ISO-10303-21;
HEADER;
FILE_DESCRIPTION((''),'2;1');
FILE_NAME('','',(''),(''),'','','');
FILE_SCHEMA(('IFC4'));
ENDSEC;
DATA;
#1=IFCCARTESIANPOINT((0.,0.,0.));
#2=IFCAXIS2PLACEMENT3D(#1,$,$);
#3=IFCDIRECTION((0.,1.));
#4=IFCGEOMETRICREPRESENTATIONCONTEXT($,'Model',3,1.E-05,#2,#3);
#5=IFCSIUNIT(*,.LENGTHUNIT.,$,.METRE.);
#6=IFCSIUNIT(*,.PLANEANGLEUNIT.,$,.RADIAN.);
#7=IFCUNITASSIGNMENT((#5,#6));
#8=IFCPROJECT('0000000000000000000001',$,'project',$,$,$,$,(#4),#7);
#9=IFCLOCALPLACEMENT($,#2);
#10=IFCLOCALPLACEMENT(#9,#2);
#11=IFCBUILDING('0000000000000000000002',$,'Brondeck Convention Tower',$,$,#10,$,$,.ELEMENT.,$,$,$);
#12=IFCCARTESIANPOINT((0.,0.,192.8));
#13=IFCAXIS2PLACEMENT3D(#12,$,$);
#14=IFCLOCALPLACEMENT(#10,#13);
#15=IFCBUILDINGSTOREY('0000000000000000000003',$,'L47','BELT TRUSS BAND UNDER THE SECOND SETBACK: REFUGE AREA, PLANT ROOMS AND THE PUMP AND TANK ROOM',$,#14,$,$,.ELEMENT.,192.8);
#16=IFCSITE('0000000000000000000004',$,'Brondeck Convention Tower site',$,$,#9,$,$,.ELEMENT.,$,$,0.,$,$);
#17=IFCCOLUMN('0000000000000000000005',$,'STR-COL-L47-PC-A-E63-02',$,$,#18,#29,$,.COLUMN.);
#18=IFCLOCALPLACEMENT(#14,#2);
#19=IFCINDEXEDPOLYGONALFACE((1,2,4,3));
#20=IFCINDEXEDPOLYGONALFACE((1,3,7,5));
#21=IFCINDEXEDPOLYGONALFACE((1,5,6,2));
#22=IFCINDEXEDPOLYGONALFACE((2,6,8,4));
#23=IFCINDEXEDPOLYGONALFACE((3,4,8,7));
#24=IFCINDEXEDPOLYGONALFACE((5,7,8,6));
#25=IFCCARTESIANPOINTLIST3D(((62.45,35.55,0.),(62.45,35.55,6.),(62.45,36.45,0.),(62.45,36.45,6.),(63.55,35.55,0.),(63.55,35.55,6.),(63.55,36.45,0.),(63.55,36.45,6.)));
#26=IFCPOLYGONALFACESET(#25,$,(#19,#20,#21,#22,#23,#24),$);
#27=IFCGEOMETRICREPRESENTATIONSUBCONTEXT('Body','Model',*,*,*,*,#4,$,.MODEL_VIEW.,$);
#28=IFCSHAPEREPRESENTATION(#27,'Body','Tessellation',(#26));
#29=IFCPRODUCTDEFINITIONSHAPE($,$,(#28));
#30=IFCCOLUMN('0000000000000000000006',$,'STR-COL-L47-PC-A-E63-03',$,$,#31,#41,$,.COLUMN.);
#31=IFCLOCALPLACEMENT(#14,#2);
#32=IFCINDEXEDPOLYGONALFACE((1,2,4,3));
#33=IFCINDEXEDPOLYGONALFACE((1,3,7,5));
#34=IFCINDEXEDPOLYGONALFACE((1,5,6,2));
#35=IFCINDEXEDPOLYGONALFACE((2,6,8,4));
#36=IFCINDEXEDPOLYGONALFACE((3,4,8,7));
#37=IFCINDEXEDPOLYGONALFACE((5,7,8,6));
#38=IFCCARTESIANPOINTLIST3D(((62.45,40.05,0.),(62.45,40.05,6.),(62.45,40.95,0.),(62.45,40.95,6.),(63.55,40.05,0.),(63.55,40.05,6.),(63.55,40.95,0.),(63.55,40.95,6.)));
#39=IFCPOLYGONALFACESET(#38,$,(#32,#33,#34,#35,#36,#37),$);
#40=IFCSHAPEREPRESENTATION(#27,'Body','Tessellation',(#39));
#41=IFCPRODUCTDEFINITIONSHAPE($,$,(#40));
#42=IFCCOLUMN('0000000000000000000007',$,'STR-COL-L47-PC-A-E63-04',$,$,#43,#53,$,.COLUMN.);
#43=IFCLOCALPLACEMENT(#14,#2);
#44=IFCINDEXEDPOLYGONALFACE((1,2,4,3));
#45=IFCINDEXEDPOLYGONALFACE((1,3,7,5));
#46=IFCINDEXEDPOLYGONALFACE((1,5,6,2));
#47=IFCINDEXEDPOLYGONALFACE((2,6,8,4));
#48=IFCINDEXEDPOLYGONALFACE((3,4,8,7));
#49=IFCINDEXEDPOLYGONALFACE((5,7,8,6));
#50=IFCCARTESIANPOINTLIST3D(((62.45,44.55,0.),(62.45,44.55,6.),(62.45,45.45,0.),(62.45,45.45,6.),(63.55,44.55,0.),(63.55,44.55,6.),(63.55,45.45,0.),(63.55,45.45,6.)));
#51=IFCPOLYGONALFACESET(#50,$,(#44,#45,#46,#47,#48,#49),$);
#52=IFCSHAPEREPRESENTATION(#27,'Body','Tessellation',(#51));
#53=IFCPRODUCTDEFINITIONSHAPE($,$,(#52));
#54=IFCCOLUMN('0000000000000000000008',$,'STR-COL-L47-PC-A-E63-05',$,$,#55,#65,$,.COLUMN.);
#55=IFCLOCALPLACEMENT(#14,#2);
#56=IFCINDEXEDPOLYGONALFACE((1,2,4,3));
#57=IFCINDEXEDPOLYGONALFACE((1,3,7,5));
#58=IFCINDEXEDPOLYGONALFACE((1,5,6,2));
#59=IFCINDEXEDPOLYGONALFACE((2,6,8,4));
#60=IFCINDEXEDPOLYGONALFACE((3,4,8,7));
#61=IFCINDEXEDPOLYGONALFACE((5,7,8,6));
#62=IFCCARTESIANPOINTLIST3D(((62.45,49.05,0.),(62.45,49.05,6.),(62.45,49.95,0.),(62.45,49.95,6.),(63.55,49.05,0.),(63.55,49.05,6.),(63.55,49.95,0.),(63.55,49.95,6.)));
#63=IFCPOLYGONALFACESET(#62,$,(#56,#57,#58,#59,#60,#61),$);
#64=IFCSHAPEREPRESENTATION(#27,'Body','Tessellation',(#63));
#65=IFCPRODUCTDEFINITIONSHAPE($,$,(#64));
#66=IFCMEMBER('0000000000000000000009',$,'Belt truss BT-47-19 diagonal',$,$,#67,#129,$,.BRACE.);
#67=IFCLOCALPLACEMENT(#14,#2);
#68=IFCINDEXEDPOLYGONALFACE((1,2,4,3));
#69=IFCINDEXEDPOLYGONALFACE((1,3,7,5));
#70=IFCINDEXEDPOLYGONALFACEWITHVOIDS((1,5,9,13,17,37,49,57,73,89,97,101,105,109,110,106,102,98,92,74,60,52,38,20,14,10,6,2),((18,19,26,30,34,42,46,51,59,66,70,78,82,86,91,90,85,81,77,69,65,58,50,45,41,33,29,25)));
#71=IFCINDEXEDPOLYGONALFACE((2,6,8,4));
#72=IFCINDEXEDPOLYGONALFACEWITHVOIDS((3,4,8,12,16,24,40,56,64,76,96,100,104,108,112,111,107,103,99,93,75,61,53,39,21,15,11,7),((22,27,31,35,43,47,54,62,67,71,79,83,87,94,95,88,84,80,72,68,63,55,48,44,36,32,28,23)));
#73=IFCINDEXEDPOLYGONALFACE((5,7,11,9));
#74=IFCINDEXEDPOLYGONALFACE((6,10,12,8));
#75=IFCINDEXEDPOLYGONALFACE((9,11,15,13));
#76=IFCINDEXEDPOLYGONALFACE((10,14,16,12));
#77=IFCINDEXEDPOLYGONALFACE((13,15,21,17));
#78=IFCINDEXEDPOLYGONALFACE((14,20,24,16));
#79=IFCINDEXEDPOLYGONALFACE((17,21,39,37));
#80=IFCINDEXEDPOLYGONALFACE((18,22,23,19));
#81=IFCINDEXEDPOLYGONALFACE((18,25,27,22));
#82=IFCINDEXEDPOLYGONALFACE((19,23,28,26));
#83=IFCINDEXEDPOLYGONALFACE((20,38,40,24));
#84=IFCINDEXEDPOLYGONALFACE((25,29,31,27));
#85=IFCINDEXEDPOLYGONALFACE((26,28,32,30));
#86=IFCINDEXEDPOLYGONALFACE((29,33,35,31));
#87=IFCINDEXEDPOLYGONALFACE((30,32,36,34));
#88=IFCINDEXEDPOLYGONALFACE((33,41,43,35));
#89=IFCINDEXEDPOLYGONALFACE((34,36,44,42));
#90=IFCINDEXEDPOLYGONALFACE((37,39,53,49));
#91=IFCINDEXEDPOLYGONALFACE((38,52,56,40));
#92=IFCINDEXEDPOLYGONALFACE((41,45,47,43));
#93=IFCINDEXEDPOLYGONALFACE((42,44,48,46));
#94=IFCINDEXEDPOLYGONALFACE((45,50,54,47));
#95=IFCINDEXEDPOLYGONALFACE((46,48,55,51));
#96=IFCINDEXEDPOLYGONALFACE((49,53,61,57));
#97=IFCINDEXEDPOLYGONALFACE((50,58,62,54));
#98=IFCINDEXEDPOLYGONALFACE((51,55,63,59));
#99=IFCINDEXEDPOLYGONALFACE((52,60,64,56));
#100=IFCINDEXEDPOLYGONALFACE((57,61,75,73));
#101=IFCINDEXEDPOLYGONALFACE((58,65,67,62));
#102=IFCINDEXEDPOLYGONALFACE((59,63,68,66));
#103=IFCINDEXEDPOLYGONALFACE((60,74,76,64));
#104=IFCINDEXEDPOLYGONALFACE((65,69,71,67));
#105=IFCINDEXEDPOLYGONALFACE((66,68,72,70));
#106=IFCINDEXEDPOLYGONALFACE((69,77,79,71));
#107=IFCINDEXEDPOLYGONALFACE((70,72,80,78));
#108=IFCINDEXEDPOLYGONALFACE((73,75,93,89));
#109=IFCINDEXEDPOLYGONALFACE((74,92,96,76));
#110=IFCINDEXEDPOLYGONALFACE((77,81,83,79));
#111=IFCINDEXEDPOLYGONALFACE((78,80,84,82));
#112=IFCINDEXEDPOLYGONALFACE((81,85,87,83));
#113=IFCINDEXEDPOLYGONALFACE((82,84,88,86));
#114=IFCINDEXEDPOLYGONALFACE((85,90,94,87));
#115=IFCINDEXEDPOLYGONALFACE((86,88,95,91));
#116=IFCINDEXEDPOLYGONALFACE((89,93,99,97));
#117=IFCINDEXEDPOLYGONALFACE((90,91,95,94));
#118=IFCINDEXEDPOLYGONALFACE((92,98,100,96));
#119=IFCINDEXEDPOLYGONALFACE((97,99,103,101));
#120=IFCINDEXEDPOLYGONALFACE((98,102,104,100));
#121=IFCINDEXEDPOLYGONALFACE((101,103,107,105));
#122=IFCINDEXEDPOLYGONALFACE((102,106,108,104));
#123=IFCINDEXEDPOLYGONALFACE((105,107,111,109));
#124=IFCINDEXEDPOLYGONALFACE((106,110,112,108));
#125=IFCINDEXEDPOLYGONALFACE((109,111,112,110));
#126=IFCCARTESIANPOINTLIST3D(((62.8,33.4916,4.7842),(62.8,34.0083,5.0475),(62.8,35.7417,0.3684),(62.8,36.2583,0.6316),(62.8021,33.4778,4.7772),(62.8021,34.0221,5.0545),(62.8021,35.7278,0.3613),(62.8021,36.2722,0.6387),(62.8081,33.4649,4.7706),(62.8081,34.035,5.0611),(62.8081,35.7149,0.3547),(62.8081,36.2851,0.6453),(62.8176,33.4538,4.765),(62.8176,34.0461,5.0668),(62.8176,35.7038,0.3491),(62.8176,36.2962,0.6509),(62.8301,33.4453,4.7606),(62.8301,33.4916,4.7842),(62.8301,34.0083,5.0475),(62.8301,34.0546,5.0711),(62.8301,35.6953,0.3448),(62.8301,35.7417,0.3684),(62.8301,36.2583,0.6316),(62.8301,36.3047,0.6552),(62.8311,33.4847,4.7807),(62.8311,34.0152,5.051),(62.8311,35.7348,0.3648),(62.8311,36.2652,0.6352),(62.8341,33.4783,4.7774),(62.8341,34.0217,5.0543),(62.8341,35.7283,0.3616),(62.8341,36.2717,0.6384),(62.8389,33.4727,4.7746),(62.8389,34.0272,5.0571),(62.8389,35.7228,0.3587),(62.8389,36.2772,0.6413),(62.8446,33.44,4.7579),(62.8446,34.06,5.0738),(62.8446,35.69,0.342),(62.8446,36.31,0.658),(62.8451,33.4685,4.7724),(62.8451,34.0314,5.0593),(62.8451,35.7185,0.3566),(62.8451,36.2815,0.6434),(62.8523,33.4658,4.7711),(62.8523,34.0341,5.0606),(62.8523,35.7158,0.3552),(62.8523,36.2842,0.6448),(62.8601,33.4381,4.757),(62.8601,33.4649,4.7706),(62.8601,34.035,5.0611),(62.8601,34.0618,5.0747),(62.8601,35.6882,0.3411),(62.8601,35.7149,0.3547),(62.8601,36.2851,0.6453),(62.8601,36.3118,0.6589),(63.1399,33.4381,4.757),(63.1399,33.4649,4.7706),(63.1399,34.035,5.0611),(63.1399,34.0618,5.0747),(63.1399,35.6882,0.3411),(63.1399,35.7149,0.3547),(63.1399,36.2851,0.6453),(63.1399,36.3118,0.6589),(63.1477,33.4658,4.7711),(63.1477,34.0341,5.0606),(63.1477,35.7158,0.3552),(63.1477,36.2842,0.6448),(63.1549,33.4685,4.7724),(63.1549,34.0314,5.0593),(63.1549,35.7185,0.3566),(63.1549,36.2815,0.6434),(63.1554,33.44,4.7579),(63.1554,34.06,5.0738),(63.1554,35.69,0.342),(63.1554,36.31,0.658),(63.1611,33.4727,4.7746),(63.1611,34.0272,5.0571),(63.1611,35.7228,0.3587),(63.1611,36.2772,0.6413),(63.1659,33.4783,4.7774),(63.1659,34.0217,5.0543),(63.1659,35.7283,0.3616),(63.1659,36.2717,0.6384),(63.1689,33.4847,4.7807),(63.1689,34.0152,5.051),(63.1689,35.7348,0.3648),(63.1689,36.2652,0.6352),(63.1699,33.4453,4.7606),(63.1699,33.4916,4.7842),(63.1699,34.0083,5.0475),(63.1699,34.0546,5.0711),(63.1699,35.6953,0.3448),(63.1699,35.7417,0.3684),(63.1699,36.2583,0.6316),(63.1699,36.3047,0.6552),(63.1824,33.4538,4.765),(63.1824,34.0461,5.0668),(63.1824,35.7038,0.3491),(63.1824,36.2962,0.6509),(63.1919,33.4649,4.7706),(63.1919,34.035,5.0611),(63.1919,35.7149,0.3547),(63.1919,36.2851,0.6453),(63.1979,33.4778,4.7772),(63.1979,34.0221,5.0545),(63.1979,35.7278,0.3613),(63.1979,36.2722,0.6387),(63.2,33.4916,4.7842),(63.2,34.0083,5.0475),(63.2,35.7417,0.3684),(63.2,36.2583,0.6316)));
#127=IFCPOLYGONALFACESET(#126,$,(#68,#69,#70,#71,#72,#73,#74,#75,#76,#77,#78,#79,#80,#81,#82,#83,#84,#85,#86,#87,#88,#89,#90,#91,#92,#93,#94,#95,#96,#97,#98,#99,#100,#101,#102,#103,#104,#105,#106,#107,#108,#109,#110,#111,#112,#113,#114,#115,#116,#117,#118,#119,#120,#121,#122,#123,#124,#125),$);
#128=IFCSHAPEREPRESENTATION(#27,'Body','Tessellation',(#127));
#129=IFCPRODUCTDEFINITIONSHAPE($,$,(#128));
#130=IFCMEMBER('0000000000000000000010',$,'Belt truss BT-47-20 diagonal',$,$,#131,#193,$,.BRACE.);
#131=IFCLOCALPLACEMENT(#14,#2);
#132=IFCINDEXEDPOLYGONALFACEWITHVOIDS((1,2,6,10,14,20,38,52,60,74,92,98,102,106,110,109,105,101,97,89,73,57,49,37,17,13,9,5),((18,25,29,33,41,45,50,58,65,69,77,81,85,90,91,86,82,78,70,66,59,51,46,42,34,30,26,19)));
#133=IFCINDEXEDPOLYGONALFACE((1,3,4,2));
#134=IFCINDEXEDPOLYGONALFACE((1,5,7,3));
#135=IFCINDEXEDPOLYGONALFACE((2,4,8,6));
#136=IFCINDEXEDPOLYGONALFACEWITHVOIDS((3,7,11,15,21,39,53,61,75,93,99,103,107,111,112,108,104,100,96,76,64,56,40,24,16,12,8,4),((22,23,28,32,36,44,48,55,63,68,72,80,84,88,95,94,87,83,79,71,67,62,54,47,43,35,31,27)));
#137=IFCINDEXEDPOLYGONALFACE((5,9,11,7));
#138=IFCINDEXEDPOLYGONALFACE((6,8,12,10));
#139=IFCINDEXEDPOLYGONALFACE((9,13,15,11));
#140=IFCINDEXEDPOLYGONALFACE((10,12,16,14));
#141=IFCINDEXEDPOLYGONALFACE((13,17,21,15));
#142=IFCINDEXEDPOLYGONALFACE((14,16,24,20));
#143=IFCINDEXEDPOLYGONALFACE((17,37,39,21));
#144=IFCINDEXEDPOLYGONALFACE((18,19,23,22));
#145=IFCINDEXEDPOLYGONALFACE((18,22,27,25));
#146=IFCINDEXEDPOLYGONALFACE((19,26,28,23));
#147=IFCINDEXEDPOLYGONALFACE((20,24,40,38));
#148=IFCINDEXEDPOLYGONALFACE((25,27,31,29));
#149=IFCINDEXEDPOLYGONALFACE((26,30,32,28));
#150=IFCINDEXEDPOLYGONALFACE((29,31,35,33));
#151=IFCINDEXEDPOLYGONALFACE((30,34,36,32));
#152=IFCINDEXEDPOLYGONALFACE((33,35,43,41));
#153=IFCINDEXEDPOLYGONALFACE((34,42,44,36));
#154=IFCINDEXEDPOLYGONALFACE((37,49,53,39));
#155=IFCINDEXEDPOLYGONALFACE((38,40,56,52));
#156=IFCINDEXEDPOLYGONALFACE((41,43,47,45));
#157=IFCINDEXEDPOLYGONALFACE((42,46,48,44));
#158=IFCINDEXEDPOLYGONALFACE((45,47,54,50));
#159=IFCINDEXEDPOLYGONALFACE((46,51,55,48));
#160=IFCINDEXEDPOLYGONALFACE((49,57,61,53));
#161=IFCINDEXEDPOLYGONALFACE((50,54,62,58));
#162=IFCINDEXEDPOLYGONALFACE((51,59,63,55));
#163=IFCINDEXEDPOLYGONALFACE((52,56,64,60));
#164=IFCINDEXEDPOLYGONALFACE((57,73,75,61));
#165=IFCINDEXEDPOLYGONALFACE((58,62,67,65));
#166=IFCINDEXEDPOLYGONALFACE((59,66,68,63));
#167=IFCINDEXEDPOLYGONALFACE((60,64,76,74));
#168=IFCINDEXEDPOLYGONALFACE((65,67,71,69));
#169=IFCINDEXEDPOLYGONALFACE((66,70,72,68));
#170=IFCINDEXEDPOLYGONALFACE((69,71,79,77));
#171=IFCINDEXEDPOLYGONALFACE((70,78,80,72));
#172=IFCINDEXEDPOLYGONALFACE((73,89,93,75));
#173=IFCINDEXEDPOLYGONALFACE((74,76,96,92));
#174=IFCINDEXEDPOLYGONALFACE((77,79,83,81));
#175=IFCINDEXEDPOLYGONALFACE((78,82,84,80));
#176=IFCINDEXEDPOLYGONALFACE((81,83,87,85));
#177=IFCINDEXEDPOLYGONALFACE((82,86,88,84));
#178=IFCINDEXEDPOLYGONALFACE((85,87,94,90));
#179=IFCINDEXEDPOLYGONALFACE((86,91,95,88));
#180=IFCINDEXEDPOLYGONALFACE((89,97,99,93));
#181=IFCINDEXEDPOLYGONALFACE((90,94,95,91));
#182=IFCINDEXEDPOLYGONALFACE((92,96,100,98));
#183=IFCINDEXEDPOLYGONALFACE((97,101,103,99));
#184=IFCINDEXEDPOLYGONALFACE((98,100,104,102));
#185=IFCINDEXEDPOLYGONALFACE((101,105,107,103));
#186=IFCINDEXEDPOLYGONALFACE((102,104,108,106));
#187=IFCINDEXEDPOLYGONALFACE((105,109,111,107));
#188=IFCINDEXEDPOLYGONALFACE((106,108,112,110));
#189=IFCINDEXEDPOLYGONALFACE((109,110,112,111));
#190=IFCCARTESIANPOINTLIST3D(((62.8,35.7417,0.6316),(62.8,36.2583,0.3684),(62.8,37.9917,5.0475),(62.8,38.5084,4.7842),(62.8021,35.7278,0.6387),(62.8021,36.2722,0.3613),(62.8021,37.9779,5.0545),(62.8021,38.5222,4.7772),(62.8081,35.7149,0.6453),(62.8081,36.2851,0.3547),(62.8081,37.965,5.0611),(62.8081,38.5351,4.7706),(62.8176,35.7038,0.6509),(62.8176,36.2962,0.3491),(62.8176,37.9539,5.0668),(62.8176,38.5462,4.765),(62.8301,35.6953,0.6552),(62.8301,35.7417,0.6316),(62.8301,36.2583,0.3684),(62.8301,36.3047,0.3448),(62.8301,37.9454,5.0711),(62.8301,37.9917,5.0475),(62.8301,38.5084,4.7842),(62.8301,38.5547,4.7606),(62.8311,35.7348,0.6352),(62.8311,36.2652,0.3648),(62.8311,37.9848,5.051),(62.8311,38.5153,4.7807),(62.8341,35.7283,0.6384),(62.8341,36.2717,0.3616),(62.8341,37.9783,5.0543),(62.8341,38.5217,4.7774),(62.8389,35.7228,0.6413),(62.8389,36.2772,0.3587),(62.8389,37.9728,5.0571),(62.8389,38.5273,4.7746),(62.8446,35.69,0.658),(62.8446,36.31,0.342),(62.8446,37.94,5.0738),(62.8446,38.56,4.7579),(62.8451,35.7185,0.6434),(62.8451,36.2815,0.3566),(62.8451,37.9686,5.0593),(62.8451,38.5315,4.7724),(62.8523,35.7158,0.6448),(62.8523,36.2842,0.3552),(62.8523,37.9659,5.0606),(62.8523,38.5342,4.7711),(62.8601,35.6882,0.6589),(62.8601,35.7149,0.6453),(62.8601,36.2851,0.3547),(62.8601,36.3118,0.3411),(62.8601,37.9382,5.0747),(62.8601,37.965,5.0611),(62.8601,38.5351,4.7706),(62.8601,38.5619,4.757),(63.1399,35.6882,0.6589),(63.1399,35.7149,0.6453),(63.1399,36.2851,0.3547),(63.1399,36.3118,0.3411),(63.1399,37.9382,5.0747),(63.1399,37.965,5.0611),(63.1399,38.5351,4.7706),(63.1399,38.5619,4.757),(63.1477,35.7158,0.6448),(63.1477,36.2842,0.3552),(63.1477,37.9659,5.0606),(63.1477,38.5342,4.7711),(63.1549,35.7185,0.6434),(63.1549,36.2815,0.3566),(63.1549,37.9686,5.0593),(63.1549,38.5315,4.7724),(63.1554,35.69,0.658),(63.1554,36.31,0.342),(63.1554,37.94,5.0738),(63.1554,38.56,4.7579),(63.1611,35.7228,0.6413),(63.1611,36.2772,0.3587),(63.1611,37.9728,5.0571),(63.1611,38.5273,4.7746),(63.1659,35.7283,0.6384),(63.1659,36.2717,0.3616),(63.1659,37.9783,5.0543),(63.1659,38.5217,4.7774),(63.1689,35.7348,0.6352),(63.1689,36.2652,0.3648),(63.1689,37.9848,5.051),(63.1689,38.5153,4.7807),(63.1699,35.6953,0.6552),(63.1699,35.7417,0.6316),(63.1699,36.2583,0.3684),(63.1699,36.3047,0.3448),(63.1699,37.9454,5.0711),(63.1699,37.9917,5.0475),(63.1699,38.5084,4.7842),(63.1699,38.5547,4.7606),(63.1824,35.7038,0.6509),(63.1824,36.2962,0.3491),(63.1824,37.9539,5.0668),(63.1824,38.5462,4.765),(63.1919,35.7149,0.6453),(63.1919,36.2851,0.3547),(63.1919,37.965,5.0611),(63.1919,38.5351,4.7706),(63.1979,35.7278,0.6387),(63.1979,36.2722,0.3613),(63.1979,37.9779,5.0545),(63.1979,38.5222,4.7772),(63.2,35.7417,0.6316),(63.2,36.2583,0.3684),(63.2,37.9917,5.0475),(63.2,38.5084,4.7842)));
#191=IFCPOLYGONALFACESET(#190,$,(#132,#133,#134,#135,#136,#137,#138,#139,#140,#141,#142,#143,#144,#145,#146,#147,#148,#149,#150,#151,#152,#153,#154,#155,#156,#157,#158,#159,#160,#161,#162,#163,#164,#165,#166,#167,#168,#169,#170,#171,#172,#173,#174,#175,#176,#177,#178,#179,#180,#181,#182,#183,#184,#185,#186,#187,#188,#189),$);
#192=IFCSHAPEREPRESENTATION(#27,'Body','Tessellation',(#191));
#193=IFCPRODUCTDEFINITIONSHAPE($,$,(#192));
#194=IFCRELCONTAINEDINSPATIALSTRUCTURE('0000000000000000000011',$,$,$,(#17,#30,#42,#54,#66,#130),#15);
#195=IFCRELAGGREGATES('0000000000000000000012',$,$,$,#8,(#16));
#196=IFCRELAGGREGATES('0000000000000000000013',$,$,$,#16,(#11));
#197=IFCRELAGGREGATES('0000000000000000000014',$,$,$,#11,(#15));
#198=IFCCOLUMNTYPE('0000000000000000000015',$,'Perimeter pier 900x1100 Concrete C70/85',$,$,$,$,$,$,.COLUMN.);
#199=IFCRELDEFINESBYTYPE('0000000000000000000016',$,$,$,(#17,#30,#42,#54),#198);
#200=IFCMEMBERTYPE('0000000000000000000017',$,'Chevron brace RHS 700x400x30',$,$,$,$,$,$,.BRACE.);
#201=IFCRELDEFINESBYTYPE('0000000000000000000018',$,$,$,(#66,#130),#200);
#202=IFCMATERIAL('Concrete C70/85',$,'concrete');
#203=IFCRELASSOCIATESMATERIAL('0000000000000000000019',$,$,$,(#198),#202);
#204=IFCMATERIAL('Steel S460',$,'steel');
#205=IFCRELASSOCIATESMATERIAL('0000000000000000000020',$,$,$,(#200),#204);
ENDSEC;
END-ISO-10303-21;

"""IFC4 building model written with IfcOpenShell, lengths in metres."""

from ifc_helpers import new_model, si_unit, direction, frame, origin, origin_2d, place, context, subcontext, project, spatial, rectangle, hollow_rectangle, extrude, material, material_profile, profile_set, type_object, element, save


model = new_model("IFC4")

# Units and contexts
model_context = context("Model", 3, precision=1e-05, world=origin(), true_north=direction((0.0, 1.0)))
body_context = subcontext(model_context, "Body", "Model", "MODEL_VIEW")
ifc_project = project(units=[si_unit("LENGTHUNIT", "METRE"), si_unit("PLANEANGLEUNIT", "RADIAN")], contexts=[model_context])

# Site, building, storey
site_placement = place(None, origin())
site = spatial("IfcSite", under=ifc_project, at=site_placement, Name="Brondeck Convention Tower site", CompositionType="ELEMENT", RefElevation=0.0)
building_placement = place(site_placement, origin())
building = spatial("IfcBuilding", under=site, at=building_placement, Name="Brondeck Convention Tower", CompositionType="ELEMENT")
storey_placement = place(building_placement, frame((0.0, 0.0, 192.8)))
storey = spatial("IfcBuildingStorey", under=building, at=storey_placement, Name="L47", Description="BELT TRUSS BAND UNDER THE SECOND SETBACK: REFUGE AREA, PLANT ROOMS AND THE PUMP AND TANK ROOM", CompositionType="ELEMENT", Elevation=192.8)

# Columns
ifc_material_1 = material(Name="Concrete C70/85", Category="concrete")
ifc_material_profile_1 = material_profile(ifc_material_1, rectangle(XDim=0.8999, YDim=1.1001, at=origin_2d()), Name="Perimeter pier 900x1100 Concrete C70/85")
ifc_profile_set_1 = profile_set([ifc_material_profile_1], Name="Concrete C70/85")
column_type = type_object("IfcColumnType", Name="Perimeter pier 900x1100 Concrete C70/85", PredefinedType="COLUMN", material=ifc_profile_set_1)
for number, where, z_axis, x_axis, name in (
    (1, (63.0, 36.0, 0.0), (0.0, 0.0, 1.0), (0.0, 1.0, 0.0), "STR-COL-L47-PC-A-E63-02"),
    (2, (63.0, 40.5, 0.0), (0.0, 0.0, 1.0), (0.0, 1.0, 0.0), "STR-COL-L47-PC-A-E63-03"),
    (3, (63.0, 45.0, 0.0), (0.0, 0.0, 1.0), (0.0, 1.0, 0.0), "STR-COL-L47-PC-A-E63-04"),
    (4, (63.0, 49.5, 0.0), (0.0, 0.0, 1.0), (0.0, 1.0, 0.0), "STR-COL-L47-PC-A-E63-05"),
):
    element("IfcColumn", number, at=place(storey_placement, frame(where, z_axis=z_axis, x_axis=x_axis)), inside=storey, type_object=column_type, Name=name, PredefinedType="COLUMN", context=body_context, shape_type="SweptSolid", body=[
        extrude(rectangle(XDim=0.8999, YDim=1.1001, at=origin_2d()), origin(), (0.0, 0.0, 1.0), 6.0),
    ])

# Members
ifc_material_2 = material(Name="Steel S460", Category="steel")
ifc_material_profile_2 = material_profile(ifc_material_2, hollow_rectangle(XDim=0.3999, YDim=0.7, WallThickness=0.03, InnerFilletRadius=0.03, OuterFilletRadius=0.0601, at=origin_2d()), Name="RHS 700x400x30")
ifc_profile_set_2 = profile_set([ifc_material_profile_2], Name="Steel S460")
member_type_1 = type_object("IfcMemberType", Name="Chevron brace RHS 700x400x30", PredefinedType="BRACE", material=ifc_profile_set_2)
for number, where, z_axis, x_axis, name in (
    (5, (63.0, 36.0, 0.5), (0.0, -0.453999, 0.891002), (1.0, 0.0, 0.0), "Belt truss BT-47-19 diagonal"),
    (6, (63.0, 36.0, 0.5), (0.0, 0.453999, 0.891002), (-1.0, 0.0, 0.0), "Belt truss BT-47-20 diagonal"),
):
    element("IfcMember", number, at=place(storey_placement, frame(where, z_axis=z_axis, x_axis=x_axis)), inside=storey, type_object=member_type_1, Name=name, PredefinedType="BRACE", context=body_context, shape_type="SweptSolid", body=[
        extrude(hollow_rectangle(XDim=0.3999, YDim=0.7, WallThickness=0.03, InnerFilletRadius=0.03, OuterFilletRadius=0.0601, at=origin_2d()), origin(), (0.0, 0.0, 1.0), 4.9561),
    ])

save(model, "model.ifc")
